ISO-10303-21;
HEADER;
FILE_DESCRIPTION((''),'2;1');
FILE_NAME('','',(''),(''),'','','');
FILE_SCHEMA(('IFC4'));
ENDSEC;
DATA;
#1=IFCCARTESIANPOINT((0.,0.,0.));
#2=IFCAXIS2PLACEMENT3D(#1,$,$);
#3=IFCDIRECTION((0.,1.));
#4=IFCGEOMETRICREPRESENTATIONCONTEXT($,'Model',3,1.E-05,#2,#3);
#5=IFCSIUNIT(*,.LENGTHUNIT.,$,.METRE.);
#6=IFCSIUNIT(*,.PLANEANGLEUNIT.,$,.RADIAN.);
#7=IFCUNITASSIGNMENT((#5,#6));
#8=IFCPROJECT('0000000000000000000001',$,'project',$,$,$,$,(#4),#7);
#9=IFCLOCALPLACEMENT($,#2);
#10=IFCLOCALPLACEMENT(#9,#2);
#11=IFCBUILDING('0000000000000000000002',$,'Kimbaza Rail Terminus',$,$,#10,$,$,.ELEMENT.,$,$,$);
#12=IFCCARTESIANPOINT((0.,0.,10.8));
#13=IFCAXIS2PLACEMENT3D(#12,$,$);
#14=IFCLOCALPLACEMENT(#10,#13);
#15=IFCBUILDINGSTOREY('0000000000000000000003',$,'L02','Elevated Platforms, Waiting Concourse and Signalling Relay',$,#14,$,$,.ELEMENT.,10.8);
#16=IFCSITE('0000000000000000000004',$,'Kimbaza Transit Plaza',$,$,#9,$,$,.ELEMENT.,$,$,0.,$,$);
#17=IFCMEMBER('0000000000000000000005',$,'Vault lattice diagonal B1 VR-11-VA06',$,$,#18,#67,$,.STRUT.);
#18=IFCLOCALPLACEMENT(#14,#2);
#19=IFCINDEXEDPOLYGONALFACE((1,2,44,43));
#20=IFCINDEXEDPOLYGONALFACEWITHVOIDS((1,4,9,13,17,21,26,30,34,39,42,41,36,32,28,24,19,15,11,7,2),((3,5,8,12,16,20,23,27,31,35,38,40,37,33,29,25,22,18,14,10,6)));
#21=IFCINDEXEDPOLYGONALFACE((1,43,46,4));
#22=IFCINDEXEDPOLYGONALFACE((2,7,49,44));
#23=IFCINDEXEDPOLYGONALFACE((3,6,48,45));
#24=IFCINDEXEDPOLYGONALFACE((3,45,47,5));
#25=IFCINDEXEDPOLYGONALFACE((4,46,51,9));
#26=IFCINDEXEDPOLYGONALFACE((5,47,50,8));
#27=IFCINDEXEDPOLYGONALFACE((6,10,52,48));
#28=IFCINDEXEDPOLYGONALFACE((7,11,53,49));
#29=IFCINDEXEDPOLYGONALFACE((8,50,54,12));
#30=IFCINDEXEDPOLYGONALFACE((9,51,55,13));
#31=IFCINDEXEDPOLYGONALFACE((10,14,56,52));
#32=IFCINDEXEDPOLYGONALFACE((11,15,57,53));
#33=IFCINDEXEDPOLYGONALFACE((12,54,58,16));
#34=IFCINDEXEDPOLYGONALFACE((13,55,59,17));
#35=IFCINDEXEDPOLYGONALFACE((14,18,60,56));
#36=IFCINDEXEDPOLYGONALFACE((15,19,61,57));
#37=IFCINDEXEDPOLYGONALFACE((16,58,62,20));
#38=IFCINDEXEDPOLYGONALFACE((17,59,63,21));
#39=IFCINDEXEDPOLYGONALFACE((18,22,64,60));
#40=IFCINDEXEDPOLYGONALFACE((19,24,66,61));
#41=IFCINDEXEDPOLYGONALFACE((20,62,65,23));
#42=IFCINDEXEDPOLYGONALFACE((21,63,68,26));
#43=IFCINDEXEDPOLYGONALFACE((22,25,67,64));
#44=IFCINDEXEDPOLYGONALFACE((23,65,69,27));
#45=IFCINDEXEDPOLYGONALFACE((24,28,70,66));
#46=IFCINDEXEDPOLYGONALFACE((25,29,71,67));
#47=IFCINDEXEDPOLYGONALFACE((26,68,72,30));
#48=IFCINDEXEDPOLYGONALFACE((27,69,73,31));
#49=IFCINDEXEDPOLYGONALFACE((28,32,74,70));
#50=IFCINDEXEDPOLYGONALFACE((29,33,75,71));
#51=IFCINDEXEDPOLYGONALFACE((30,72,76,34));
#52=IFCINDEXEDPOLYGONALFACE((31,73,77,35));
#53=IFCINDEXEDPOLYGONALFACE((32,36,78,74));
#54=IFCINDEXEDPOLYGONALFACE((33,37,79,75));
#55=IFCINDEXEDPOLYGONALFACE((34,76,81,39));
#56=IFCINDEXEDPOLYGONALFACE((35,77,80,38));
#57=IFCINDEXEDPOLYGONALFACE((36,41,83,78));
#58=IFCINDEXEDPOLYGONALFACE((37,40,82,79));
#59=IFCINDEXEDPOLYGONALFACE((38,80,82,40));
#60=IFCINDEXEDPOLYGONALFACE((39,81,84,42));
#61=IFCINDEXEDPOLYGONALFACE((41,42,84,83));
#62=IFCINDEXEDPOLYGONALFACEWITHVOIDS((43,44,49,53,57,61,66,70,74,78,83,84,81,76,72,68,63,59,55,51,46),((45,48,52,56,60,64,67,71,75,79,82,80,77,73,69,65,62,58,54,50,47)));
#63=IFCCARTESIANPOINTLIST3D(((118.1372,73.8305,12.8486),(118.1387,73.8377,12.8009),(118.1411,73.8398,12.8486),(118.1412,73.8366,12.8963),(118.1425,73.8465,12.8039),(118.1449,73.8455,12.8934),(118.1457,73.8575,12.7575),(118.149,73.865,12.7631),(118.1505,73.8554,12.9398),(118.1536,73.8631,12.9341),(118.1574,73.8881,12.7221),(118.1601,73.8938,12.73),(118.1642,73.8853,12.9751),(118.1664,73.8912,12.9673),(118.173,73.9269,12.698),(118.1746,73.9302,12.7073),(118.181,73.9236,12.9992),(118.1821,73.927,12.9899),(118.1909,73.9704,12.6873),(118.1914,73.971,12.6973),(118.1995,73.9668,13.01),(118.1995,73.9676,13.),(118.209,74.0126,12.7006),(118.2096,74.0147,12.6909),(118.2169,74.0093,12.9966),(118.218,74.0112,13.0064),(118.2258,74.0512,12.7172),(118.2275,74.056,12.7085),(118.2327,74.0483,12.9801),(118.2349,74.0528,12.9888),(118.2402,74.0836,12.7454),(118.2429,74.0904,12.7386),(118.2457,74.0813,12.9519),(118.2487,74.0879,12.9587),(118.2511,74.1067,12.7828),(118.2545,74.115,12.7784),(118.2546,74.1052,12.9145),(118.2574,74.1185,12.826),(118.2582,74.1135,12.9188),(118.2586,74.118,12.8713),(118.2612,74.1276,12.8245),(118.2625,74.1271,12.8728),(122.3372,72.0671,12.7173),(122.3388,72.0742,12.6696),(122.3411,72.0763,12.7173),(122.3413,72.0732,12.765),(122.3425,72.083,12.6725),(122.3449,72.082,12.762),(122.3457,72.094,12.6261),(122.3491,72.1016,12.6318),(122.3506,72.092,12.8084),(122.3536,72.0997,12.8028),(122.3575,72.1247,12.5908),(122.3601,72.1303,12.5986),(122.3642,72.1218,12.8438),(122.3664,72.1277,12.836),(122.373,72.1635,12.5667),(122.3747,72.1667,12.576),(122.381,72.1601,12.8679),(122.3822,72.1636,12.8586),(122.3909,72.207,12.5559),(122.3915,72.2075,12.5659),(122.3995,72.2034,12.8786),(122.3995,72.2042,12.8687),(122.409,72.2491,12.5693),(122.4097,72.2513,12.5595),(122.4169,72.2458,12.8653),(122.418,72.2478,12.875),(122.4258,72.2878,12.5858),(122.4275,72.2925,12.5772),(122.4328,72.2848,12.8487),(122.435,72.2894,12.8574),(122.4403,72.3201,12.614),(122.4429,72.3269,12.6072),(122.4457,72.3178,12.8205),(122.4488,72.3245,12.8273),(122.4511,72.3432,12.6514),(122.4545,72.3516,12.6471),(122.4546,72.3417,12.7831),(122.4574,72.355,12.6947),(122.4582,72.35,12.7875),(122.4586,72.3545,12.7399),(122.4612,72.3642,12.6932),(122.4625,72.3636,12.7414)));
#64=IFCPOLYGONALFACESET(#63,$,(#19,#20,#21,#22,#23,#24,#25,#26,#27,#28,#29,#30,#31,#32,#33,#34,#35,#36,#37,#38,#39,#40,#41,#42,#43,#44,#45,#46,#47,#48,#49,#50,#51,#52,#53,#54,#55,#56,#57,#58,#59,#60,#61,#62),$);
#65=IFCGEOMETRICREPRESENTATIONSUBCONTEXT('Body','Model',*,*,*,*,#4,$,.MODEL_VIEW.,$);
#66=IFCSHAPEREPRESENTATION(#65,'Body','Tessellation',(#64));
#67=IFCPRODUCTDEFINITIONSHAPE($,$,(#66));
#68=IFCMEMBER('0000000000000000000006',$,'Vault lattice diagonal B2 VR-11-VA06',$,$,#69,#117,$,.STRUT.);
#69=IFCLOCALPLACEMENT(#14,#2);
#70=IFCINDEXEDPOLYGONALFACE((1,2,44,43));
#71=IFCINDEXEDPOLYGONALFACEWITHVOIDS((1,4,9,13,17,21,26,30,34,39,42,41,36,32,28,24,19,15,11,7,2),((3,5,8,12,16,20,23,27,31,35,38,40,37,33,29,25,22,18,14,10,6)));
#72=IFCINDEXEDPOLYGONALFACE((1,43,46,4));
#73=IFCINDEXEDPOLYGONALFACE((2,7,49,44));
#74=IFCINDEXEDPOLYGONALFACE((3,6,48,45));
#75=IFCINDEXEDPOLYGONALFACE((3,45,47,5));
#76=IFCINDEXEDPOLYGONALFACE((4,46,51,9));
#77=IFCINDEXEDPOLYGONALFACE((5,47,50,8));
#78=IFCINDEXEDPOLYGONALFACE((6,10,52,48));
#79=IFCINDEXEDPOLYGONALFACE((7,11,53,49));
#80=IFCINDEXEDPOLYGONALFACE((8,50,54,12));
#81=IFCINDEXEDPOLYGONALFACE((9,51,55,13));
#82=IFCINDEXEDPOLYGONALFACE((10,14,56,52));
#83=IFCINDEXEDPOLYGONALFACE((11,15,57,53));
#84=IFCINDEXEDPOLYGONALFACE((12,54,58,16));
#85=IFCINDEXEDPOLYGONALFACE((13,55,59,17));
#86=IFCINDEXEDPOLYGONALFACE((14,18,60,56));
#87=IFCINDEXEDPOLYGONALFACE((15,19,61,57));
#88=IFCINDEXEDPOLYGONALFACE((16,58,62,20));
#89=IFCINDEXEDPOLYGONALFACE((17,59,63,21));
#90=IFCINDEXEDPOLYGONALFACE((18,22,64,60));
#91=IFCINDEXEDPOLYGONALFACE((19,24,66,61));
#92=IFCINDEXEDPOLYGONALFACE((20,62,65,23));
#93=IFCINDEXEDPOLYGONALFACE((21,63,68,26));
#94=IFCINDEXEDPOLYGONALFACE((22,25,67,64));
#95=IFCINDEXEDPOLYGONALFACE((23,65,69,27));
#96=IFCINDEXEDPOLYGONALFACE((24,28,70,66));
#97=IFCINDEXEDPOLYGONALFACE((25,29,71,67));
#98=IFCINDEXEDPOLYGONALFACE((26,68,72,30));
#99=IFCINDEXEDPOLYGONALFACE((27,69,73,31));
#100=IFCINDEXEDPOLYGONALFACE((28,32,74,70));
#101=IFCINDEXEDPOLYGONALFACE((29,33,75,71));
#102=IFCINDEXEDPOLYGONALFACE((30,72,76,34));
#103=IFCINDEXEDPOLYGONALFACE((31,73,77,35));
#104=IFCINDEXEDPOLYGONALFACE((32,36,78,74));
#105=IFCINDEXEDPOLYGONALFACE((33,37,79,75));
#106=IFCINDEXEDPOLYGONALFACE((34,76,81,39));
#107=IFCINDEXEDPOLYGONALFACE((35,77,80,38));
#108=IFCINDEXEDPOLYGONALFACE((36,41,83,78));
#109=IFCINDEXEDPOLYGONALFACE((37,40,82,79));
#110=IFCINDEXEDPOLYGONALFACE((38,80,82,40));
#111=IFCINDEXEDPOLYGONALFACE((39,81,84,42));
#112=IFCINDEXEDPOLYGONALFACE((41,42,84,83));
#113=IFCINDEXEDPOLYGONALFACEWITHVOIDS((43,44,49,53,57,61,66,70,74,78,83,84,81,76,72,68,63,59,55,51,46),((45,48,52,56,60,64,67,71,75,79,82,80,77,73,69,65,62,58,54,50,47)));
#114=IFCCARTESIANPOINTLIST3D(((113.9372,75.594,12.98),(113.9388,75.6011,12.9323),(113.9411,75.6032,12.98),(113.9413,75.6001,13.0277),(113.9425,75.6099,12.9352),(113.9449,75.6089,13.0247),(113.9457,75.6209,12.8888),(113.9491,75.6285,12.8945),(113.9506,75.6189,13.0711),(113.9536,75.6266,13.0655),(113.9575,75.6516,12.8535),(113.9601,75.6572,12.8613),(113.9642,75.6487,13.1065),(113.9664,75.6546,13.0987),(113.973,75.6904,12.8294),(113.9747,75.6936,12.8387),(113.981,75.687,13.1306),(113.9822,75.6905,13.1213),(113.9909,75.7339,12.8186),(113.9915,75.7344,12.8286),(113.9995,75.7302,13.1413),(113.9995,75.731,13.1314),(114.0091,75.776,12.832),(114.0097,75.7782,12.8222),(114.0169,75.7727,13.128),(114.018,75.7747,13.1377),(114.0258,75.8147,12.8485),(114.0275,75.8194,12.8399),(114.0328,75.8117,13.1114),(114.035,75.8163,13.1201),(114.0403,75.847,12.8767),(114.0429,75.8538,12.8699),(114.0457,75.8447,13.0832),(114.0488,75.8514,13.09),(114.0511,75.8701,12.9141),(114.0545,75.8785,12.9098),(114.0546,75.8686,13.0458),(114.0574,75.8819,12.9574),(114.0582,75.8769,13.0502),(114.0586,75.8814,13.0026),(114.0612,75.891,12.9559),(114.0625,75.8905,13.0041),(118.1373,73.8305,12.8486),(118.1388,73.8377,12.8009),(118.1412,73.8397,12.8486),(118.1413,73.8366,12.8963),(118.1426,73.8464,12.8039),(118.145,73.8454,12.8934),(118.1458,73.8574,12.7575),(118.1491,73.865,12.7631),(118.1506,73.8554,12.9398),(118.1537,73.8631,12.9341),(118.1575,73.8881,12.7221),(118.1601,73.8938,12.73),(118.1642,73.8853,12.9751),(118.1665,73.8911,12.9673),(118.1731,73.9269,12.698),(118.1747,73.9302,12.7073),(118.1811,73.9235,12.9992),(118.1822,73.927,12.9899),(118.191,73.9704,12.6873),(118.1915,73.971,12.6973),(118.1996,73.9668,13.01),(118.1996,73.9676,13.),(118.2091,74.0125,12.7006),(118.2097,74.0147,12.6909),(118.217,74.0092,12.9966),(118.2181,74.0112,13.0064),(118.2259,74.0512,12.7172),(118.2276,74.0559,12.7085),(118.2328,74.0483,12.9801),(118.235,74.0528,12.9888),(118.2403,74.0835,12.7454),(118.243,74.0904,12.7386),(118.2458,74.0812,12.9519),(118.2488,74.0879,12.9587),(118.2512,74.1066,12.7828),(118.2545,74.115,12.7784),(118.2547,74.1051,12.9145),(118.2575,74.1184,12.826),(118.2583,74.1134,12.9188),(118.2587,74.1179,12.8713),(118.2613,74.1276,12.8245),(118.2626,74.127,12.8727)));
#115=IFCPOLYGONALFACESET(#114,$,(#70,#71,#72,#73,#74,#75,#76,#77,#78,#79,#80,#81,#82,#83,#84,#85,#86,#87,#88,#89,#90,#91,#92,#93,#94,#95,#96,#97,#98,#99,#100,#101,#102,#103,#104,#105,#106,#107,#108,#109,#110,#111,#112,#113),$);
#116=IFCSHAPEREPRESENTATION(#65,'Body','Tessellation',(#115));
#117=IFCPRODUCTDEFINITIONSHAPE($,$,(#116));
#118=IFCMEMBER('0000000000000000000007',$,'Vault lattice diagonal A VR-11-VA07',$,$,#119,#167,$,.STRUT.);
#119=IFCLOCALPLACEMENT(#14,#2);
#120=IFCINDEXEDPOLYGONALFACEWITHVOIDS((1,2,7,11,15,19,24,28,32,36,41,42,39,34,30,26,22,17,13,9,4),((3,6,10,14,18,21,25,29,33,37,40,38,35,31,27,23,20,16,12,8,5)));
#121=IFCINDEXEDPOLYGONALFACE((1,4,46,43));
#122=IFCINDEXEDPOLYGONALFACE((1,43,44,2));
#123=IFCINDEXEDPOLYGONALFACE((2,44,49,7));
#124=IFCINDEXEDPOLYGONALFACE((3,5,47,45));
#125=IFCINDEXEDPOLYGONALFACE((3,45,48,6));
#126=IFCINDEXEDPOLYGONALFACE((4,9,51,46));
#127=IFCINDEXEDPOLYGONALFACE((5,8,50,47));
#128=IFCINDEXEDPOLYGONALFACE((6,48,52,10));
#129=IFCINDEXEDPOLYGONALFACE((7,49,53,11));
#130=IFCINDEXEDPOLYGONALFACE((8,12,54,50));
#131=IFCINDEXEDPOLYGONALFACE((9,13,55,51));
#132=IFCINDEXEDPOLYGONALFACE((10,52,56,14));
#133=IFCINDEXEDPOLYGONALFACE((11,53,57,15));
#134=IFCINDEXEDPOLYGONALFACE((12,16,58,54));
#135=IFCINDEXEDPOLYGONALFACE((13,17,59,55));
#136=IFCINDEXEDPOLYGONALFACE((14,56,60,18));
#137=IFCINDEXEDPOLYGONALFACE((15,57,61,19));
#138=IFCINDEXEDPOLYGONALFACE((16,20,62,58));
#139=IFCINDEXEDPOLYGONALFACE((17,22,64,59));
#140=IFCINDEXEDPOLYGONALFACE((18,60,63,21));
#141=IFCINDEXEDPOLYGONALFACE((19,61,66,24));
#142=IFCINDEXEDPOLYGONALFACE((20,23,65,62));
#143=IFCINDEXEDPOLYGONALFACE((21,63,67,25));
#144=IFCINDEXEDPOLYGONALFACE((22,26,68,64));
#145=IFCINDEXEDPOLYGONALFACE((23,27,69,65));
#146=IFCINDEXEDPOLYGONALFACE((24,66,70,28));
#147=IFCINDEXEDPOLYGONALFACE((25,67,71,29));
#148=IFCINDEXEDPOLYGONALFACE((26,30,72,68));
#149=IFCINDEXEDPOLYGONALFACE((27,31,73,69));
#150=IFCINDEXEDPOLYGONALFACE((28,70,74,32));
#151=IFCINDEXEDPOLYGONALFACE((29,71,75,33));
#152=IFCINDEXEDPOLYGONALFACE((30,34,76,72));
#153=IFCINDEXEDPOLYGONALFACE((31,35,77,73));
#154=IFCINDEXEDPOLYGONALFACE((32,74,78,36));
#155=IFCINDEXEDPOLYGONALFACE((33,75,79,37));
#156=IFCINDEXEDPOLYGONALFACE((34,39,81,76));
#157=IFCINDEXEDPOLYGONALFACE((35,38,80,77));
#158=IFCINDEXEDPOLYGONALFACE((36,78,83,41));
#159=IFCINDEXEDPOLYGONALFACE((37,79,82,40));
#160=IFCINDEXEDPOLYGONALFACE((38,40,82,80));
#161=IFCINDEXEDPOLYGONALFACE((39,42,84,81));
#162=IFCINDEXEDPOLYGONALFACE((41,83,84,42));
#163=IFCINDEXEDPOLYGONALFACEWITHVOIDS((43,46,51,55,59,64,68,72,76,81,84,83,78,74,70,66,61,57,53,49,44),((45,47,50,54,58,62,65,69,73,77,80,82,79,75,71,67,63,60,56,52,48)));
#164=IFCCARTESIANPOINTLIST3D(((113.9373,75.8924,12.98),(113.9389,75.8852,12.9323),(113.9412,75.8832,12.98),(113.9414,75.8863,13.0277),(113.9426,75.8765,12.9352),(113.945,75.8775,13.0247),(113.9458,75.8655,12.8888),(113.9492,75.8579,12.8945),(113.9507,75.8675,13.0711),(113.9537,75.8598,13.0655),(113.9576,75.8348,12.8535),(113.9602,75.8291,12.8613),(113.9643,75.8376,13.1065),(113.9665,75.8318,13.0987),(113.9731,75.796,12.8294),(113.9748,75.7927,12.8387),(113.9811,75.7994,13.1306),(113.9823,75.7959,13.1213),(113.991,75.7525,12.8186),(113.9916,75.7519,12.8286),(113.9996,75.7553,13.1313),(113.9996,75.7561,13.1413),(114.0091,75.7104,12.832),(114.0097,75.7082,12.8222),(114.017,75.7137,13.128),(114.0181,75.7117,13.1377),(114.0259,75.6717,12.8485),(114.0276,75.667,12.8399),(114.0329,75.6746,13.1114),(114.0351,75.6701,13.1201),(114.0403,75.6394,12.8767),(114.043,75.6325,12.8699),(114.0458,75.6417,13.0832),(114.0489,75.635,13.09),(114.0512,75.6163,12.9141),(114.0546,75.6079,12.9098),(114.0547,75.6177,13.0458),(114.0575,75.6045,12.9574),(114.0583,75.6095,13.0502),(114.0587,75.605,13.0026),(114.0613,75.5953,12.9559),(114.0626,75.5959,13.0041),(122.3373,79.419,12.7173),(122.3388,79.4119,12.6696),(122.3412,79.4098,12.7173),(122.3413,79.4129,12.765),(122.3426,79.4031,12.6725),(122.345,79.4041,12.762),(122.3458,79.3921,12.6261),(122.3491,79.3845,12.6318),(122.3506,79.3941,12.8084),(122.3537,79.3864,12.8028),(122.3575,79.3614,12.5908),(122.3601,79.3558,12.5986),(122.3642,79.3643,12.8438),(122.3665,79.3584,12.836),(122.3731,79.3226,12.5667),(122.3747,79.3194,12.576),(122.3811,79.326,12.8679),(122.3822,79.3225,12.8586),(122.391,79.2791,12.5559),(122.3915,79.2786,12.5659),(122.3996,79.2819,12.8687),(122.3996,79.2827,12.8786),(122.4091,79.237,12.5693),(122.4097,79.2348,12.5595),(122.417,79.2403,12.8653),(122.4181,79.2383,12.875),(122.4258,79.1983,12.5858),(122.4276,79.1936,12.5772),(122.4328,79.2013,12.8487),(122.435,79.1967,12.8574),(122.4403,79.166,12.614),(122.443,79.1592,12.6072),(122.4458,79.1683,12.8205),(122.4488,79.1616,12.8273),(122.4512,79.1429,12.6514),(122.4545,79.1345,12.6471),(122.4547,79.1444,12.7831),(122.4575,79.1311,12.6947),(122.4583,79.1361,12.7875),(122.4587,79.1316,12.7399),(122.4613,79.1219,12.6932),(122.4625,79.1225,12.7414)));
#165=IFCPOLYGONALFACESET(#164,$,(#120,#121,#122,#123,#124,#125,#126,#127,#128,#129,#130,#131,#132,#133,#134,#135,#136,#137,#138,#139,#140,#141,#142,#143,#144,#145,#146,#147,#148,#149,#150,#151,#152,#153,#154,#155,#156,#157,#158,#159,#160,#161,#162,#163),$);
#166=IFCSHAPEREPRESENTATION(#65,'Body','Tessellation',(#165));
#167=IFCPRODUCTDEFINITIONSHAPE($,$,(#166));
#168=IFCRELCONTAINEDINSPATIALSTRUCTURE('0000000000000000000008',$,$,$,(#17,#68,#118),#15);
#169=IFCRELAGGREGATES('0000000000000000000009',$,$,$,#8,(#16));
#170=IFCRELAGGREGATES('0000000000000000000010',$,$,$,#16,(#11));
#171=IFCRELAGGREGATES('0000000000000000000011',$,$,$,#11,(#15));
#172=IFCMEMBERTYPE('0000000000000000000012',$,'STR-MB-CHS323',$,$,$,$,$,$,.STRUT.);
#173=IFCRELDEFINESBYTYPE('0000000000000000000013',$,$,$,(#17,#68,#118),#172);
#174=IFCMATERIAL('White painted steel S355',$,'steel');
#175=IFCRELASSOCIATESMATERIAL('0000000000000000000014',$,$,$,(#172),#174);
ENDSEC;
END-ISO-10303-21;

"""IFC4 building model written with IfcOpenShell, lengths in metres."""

from ifc_helpers import new_model, si_unit, direction, frame, origin, origin_2d, place, context, subcontext, project, spatial, hollow_circle, extrude, material, material_profile, profile_set, type_object, element, save


model = new_model("IFC4")

# Units and contexts
model_context = context("Model", 3, precision=1e-05, world=origin(), true_north=direction((0.0, 1.0)))
body_context = subcontext(model_context, "Body", "Model", "MODEL_VIEW")
ifc_project = project(units=[si_unit("LENGTHUNIT", "METRE"), si_unit("PLANEANGLEUNIT", "RADIAN")], contexts=[model_context])

# Site, building, storey
site_placement = place(None, origin())
site = spatial("IfcSite", under=ifc_project, at=site_placement, Name="Kimbaza Transit Plaza", CompositionType="ELEMENT", RefElevation=0.0)
building_placement = place(site_placement, origin())
building = spatial("IfcBuilding", under=site, at=building_placement, Name="Kimbaza Rail Terminus", CompositionType="ELEMENT")
storey_placement = place(building_placement, frame((0.0, 0.0, 10.8)))
storey = spatial("IfcBuildingStorey", under=building, at=storey_placement, Name="L02", Description="Elevated Platforms, Waiting Concourse and Signalling Relay", CompositionType="ELEMENT", Elevation=10.8)

# Members
ifc_material_1 = material(Name="White painted steel S355", Category="steel")
ifc_material_profile_1 = material_profile(ifc_material_1, hollow_circle(Radius=0.1619, WallThickness=0.01, at=origin_2d()), Name="CHS 323.9x10")
ifc_profile_set_1 = profile_set([ifc_material_profile_1], Name="White painted steel S355")
member_type_1 = type_object("IfcMemberType", Name="STR-MB-CHS323", PredefinedType="STRUT", material=ifc_profile_set_1)
for number, where, z_axis, x_axis, name in (
    (1, (122.3999, 72.2163, 12.7173), (-0.921642, 0.386969, 0.028823), (-0.38713, -0.922025, 0.0), "Vault lattice diagonal B1 VR-11-VA06"),
    (2, (118.2, 73.9797, 12.8486), (-0.921642, 0.386969, 0.028823), (-0.38713, -0.922025, 0.0), "Vault lattice diagonal B2 VR-11-VA06"),
):
    element("IfcMember", number, at=place(storey_placement, frame(where, z_axis=z_axis, x_axis=x_axis)), inside=storey, type_object=member_type_1, Name=name, PredefinedType="STRUT", context=body_context, shape_type="SweptSolid", body=[
        extrude(hollow_circle(Radius=0.1619, WallThickness=0.01, at=origin_2d()), origin(), (0.0, 0.0, 1.0), 4.5571),
    ])
member_1_placement = place(storey_placement, frame((114.0, 75.7432, 12.98), z_axis=(0.921652, 0.386946, -0.028823), x_axis=(-0.387107, 0.922035, 0.0)))
element("IfcMember", 3, at=member_1_placement, inside=storey, type_object=member_type_1, Name="Vault lattice diagonal A VR-11-VA07", PredefinedType="STRUT", context=body_context, shape_type="SweptSolid", body=[
    extrude(hollow_circle(Radius=0.1619, WallThickness=0.01, at=origin_2d()), origin(), (0.0, 0.0, 1.0), 9.114),
])

save(model, "model.ifc")
